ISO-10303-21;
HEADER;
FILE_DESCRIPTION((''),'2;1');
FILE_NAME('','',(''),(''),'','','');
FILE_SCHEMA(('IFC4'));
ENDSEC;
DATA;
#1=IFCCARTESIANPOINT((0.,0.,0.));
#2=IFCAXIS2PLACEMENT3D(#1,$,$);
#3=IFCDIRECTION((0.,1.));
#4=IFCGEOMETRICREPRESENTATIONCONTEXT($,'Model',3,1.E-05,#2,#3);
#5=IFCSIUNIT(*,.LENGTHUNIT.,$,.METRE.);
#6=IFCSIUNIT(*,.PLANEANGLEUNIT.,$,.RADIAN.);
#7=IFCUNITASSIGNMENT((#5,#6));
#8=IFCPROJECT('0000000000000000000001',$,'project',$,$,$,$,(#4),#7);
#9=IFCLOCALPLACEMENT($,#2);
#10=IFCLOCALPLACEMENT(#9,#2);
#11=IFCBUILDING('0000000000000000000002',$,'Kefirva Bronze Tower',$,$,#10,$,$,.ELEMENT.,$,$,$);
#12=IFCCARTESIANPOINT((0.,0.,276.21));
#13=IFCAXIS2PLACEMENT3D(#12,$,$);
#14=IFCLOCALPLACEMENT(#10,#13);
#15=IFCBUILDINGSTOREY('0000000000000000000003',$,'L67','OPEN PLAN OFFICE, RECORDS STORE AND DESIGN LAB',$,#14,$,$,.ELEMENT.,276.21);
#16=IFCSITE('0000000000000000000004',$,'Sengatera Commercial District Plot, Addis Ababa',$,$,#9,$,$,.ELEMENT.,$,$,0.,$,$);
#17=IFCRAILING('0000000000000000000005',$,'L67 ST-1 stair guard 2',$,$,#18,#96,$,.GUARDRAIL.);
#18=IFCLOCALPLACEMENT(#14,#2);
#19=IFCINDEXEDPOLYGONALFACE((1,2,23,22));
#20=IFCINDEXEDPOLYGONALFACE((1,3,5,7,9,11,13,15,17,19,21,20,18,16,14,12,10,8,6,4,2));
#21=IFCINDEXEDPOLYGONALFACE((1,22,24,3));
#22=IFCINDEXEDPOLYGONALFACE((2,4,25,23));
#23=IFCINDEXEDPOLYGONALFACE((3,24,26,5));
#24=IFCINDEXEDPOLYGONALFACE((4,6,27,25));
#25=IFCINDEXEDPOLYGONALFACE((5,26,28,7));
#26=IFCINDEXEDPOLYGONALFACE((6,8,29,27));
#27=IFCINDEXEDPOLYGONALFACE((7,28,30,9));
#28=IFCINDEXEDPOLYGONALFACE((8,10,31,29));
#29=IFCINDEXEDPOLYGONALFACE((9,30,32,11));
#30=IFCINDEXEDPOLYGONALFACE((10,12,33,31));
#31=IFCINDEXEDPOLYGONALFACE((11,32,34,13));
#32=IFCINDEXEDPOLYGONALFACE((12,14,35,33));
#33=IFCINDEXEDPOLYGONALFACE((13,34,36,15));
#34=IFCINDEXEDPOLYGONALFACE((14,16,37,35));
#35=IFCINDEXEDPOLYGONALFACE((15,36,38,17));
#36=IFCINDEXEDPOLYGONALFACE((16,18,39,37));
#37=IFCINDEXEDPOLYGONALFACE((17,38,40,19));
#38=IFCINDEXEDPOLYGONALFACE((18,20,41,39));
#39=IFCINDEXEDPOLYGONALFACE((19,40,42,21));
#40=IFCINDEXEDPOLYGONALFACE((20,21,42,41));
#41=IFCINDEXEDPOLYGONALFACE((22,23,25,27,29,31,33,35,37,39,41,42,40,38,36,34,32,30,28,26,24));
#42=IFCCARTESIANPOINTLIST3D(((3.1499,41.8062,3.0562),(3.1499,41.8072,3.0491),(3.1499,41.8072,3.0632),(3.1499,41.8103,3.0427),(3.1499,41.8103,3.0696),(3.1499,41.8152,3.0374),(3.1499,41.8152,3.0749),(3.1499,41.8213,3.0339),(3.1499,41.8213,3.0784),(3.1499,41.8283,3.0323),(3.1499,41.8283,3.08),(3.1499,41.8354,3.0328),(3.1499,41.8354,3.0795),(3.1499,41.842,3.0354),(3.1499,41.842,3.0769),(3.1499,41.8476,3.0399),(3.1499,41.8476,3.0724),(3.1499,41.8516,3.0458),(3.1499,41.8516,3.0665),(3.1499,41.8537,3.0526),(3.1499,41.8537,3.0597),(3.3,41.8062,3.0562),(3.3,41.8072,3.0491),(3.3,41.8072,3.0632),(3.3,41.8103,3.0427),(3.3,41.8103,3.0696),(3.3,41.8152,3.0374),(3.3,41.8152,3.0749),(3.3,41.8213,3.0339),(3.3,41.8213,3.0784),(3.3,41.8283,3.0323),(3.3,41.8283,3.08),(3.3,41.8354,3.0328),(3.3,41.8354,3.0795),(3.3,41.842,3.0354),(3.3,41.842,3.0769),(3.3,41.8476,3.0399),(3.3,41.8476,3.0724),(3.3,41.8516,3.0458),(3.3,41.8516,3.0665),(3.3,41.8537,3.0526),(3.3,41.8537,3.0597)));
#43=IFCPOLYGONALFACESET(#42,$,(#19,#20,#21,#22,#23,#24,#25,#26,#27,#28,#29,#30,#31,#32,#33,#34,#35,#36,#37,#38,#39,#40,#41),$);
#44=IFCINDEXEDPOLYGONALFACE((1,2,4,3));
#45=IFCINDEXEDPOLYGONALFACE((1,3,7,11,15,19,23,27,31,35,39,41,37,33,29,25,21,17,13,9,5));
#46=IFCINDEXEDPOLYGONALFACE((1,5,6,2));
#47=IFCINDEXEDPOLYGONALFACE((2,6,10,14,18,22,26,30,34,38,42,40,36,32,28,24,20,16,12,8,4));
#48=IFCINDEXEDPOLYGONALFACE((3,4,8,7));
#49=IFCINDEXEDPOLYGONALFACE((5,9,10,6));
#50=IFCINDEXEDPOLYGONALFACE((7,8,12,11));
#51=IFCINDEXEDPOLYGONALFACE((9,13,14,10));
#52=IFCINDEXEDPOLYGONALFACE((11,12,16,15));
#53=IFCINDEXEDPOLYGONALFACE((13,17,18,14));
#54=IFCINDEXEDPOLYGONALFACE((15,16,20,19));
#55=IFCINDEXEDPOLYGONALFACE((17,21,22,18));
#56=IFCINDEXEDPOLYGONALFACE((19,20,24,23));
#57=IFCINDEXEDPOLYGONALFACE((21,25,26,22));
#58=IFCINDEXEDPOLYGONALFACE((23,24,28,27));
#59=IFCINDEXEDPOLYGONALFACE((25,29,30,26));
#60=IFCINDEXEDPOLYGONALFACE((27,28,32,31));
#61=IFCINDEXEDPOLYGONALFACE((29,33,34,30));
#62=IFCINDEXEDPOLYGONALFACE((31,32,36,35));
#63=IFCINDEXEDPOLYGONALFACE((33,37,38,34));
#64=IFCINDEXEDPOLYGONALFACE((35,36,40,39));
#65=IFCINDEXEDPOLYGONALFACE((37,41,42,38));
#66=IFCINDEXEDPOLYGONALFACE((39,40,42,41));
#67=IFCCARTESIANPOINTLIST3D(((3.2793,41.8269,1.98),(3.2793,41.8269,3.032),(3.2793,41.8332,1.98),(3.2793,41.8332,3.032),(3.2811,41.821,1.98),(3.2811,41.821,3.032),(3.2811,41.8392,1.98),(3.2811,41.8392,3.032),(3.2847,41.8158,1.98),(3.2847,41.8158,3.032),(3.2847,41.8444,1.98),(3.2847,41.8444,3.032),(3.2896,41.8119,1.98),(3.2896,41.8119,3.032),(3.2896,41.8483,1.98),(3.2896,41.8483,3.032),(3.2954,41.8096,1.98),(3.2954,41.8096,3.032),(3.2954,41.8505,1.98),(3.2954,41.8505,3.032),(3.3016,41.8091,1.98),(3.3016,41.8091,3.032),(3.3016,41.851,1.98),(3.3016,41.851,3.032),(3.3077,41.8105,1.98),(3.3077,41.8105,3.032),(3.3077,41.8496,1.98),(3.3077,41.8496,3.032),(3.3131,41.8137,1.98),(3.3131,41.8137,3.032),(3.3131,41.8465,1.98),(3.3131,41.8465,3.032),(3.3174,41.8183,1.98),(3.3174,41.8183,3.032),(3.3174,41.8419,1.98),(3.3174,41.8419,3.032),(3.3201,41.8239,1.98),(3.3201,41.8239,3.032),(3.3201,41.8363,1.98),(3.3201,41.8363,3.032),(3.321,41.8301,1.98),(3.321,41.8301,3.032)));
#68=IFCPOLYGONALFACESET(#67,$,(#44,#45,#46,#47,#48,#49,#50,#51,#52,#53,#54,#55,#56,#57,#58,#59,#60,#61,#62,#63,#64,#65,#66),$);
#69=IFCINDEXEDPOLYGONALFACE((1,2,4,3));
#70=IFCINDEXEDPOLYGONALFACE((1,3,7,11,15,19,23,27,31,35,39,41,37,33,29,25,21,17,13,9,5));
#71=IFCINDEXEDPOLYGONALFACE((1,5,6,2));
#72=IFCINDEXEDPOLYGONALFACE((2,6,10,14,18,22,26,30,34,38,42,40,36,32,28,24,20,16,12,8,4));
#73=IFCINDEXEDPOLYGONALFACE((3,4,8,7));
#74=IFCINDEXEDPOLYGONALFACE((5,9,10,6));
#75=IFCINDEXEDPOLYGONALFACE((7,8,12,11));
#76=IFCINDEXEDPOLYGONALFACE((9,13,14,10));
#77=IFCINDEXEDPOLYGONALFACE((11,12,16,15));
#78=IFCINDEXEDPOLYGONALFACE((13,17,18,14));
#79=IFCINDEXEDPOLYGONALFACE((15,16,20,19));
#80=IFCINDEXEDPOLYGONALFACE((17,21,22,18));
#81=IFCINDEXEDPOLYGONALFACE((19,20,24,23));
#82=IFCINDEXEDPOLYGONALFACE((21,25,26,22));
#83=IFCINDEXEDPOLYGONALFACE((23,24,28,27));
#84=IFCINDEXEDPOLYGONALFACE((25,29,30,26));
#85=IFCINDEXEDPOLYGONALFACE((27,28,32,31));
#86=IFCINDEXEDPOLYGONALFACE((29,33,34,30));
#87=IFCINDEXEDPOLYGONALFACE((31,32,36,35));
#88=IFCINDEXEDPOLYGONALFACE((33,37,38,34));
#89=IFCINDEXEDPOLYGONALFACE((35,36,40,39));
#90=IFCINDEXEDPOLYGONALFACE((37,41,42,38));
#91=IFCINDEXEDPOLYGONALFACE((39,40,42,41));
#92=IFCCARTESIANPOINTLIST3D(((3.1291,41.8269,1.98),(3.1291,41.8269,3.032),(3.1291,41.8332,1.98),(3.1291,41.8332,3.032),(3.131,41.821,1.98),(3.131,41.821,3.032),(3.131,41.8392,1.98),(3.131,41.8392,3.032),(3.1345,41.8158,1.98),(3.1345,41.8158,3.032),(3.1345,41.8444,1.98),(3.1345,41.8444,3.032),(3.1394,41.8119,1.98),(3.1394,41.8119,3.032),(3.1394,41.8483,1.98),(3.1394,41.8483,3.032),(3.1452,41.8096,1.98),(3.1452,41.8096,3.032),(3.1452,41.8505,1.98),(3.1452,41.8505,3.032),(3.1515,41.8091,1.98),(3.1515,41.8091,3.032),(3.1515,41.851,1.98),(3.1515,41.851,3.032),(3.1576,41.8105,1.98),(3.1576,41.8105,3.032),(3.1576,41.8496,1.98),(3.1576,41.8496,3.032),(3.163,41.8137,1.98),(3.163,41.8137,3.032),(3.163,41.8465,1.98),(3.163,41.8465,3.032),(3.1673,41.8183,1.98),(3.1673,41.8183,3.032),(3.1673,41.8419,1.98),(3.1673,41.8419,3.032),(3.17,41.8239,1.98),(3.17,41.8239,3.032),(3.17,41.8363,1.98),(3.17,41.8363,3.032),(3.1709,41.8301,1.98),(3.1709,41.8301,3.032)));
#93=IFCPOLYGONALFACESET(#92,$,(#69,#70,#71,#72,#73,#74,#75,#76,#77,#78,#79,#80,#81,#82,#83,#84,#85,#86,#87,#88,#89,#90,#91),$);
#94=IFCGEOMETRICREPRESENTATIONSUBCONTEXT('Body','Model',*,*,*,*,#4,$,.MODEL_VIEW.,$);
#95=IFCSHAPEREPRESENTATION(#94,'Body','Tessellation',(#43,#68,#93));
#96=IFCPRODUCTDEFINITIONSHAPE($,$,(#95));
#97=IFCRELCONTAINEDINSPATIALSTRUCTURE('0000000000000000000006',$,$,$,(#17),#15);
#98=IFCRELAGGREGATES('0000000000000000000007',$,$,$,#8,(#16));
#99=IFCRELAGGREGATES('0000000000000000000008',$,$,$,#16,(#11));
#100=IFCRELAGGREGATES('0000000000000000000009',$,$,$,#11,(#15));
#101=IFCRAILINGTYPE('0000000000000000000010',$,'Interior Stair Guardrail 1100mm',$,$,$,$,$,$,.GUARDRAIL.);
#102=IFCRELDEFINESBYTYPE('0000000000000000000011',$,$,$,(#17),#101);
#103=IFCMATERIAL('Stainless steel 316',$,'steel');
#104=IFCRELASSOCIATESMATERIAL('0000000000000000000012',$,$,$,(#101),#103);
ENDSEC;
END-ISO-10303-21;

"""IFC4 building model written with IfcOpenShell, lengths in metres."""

from ifc_helpers import new_model, si_unit, direction, frame, origin, origin_2d, place, context, subcontext, project, spatial, circle, extrude, material, type_object, element, save


model = new_model("IFC4")

# Units and contexts
model_context = context("Model", 3, precision=1e-05, world=origin(), true_north=direction((0.0, 1.0)))
body_context = subcontext(model_context, "Body", "Model", "MODEL_VIEW")
ifc_project = project(units=[si_unit("LENGTHUNIT", "METRE"), si_unit("PLANEANGLEUNIT", "RADIAN")], contexts=[model_context])

# Site, building, storey
site_placement = place(None, origin())
site = spatial("IfcSite", under=ifc_project, at=site_placement, Name="Sengatera Commercial District Plot, Addis Ababa", CompositionType="ELEMENT", RefElevation=0.0)
building_placement = place(site_placement, origin())
building = spatial("IfcBuilding", under=site, at=building_placement, Name="Kefirva Bronze Tower", CompositionType="ELEMENT")
storey_placement = place(building_placement, frame((0.0, 0.0, 276.21)))
storey = spatial("IfcBuildingStorey", under=building, at=storey_placement, Name="L67", Description="OPEN PLAN OFFICE, RECORDS STORE AND DESIGN LAB", CompositionType="ELEMENT", Elevation=276.21)

# Railing
ifc_material_1 = material(Name="Stainless steel 316", Category="steel")
railing_type_1 = type_object("IfcRailingType", Name="Interior Stair Guardrail 1100mm", PredefinedType="GUARDRAIL", material=ifc_material_1)
railing_1_placement = place(storey_placement, frame((3.3, 41.8301, 1.98)))
element("IfcRailing", 1, at=railing_1_placement, inside=storey, type_object=railing_type_1, Name="L67 ST-1 stair guard 2", PredefinedType="GUARDRAIL", context=body_context, shape_type="SweptSolid", body=[
    extrude(circle(Radius=0.0239, at=origin_2d()), frame((0.0, 0.0, 1.0762), z_axis=(-1.0, 0.0, 0.0), x_axis=(0.0, -1.0, 0.0)), (0.0, 0.0, 1.0), 0.1501),
    extrude(circle(Radius=0.021, at=origin_2d()), origin(), (0.0, 0.0, 1.0), 1.052),
    extrude(circle(Radius=0.021, at=origin_2d()), frame((-0.1501, 0.0, 0.0)), (0.0, 0.0, 1.0), 1.052),
])

save(model, "model.ifc")
